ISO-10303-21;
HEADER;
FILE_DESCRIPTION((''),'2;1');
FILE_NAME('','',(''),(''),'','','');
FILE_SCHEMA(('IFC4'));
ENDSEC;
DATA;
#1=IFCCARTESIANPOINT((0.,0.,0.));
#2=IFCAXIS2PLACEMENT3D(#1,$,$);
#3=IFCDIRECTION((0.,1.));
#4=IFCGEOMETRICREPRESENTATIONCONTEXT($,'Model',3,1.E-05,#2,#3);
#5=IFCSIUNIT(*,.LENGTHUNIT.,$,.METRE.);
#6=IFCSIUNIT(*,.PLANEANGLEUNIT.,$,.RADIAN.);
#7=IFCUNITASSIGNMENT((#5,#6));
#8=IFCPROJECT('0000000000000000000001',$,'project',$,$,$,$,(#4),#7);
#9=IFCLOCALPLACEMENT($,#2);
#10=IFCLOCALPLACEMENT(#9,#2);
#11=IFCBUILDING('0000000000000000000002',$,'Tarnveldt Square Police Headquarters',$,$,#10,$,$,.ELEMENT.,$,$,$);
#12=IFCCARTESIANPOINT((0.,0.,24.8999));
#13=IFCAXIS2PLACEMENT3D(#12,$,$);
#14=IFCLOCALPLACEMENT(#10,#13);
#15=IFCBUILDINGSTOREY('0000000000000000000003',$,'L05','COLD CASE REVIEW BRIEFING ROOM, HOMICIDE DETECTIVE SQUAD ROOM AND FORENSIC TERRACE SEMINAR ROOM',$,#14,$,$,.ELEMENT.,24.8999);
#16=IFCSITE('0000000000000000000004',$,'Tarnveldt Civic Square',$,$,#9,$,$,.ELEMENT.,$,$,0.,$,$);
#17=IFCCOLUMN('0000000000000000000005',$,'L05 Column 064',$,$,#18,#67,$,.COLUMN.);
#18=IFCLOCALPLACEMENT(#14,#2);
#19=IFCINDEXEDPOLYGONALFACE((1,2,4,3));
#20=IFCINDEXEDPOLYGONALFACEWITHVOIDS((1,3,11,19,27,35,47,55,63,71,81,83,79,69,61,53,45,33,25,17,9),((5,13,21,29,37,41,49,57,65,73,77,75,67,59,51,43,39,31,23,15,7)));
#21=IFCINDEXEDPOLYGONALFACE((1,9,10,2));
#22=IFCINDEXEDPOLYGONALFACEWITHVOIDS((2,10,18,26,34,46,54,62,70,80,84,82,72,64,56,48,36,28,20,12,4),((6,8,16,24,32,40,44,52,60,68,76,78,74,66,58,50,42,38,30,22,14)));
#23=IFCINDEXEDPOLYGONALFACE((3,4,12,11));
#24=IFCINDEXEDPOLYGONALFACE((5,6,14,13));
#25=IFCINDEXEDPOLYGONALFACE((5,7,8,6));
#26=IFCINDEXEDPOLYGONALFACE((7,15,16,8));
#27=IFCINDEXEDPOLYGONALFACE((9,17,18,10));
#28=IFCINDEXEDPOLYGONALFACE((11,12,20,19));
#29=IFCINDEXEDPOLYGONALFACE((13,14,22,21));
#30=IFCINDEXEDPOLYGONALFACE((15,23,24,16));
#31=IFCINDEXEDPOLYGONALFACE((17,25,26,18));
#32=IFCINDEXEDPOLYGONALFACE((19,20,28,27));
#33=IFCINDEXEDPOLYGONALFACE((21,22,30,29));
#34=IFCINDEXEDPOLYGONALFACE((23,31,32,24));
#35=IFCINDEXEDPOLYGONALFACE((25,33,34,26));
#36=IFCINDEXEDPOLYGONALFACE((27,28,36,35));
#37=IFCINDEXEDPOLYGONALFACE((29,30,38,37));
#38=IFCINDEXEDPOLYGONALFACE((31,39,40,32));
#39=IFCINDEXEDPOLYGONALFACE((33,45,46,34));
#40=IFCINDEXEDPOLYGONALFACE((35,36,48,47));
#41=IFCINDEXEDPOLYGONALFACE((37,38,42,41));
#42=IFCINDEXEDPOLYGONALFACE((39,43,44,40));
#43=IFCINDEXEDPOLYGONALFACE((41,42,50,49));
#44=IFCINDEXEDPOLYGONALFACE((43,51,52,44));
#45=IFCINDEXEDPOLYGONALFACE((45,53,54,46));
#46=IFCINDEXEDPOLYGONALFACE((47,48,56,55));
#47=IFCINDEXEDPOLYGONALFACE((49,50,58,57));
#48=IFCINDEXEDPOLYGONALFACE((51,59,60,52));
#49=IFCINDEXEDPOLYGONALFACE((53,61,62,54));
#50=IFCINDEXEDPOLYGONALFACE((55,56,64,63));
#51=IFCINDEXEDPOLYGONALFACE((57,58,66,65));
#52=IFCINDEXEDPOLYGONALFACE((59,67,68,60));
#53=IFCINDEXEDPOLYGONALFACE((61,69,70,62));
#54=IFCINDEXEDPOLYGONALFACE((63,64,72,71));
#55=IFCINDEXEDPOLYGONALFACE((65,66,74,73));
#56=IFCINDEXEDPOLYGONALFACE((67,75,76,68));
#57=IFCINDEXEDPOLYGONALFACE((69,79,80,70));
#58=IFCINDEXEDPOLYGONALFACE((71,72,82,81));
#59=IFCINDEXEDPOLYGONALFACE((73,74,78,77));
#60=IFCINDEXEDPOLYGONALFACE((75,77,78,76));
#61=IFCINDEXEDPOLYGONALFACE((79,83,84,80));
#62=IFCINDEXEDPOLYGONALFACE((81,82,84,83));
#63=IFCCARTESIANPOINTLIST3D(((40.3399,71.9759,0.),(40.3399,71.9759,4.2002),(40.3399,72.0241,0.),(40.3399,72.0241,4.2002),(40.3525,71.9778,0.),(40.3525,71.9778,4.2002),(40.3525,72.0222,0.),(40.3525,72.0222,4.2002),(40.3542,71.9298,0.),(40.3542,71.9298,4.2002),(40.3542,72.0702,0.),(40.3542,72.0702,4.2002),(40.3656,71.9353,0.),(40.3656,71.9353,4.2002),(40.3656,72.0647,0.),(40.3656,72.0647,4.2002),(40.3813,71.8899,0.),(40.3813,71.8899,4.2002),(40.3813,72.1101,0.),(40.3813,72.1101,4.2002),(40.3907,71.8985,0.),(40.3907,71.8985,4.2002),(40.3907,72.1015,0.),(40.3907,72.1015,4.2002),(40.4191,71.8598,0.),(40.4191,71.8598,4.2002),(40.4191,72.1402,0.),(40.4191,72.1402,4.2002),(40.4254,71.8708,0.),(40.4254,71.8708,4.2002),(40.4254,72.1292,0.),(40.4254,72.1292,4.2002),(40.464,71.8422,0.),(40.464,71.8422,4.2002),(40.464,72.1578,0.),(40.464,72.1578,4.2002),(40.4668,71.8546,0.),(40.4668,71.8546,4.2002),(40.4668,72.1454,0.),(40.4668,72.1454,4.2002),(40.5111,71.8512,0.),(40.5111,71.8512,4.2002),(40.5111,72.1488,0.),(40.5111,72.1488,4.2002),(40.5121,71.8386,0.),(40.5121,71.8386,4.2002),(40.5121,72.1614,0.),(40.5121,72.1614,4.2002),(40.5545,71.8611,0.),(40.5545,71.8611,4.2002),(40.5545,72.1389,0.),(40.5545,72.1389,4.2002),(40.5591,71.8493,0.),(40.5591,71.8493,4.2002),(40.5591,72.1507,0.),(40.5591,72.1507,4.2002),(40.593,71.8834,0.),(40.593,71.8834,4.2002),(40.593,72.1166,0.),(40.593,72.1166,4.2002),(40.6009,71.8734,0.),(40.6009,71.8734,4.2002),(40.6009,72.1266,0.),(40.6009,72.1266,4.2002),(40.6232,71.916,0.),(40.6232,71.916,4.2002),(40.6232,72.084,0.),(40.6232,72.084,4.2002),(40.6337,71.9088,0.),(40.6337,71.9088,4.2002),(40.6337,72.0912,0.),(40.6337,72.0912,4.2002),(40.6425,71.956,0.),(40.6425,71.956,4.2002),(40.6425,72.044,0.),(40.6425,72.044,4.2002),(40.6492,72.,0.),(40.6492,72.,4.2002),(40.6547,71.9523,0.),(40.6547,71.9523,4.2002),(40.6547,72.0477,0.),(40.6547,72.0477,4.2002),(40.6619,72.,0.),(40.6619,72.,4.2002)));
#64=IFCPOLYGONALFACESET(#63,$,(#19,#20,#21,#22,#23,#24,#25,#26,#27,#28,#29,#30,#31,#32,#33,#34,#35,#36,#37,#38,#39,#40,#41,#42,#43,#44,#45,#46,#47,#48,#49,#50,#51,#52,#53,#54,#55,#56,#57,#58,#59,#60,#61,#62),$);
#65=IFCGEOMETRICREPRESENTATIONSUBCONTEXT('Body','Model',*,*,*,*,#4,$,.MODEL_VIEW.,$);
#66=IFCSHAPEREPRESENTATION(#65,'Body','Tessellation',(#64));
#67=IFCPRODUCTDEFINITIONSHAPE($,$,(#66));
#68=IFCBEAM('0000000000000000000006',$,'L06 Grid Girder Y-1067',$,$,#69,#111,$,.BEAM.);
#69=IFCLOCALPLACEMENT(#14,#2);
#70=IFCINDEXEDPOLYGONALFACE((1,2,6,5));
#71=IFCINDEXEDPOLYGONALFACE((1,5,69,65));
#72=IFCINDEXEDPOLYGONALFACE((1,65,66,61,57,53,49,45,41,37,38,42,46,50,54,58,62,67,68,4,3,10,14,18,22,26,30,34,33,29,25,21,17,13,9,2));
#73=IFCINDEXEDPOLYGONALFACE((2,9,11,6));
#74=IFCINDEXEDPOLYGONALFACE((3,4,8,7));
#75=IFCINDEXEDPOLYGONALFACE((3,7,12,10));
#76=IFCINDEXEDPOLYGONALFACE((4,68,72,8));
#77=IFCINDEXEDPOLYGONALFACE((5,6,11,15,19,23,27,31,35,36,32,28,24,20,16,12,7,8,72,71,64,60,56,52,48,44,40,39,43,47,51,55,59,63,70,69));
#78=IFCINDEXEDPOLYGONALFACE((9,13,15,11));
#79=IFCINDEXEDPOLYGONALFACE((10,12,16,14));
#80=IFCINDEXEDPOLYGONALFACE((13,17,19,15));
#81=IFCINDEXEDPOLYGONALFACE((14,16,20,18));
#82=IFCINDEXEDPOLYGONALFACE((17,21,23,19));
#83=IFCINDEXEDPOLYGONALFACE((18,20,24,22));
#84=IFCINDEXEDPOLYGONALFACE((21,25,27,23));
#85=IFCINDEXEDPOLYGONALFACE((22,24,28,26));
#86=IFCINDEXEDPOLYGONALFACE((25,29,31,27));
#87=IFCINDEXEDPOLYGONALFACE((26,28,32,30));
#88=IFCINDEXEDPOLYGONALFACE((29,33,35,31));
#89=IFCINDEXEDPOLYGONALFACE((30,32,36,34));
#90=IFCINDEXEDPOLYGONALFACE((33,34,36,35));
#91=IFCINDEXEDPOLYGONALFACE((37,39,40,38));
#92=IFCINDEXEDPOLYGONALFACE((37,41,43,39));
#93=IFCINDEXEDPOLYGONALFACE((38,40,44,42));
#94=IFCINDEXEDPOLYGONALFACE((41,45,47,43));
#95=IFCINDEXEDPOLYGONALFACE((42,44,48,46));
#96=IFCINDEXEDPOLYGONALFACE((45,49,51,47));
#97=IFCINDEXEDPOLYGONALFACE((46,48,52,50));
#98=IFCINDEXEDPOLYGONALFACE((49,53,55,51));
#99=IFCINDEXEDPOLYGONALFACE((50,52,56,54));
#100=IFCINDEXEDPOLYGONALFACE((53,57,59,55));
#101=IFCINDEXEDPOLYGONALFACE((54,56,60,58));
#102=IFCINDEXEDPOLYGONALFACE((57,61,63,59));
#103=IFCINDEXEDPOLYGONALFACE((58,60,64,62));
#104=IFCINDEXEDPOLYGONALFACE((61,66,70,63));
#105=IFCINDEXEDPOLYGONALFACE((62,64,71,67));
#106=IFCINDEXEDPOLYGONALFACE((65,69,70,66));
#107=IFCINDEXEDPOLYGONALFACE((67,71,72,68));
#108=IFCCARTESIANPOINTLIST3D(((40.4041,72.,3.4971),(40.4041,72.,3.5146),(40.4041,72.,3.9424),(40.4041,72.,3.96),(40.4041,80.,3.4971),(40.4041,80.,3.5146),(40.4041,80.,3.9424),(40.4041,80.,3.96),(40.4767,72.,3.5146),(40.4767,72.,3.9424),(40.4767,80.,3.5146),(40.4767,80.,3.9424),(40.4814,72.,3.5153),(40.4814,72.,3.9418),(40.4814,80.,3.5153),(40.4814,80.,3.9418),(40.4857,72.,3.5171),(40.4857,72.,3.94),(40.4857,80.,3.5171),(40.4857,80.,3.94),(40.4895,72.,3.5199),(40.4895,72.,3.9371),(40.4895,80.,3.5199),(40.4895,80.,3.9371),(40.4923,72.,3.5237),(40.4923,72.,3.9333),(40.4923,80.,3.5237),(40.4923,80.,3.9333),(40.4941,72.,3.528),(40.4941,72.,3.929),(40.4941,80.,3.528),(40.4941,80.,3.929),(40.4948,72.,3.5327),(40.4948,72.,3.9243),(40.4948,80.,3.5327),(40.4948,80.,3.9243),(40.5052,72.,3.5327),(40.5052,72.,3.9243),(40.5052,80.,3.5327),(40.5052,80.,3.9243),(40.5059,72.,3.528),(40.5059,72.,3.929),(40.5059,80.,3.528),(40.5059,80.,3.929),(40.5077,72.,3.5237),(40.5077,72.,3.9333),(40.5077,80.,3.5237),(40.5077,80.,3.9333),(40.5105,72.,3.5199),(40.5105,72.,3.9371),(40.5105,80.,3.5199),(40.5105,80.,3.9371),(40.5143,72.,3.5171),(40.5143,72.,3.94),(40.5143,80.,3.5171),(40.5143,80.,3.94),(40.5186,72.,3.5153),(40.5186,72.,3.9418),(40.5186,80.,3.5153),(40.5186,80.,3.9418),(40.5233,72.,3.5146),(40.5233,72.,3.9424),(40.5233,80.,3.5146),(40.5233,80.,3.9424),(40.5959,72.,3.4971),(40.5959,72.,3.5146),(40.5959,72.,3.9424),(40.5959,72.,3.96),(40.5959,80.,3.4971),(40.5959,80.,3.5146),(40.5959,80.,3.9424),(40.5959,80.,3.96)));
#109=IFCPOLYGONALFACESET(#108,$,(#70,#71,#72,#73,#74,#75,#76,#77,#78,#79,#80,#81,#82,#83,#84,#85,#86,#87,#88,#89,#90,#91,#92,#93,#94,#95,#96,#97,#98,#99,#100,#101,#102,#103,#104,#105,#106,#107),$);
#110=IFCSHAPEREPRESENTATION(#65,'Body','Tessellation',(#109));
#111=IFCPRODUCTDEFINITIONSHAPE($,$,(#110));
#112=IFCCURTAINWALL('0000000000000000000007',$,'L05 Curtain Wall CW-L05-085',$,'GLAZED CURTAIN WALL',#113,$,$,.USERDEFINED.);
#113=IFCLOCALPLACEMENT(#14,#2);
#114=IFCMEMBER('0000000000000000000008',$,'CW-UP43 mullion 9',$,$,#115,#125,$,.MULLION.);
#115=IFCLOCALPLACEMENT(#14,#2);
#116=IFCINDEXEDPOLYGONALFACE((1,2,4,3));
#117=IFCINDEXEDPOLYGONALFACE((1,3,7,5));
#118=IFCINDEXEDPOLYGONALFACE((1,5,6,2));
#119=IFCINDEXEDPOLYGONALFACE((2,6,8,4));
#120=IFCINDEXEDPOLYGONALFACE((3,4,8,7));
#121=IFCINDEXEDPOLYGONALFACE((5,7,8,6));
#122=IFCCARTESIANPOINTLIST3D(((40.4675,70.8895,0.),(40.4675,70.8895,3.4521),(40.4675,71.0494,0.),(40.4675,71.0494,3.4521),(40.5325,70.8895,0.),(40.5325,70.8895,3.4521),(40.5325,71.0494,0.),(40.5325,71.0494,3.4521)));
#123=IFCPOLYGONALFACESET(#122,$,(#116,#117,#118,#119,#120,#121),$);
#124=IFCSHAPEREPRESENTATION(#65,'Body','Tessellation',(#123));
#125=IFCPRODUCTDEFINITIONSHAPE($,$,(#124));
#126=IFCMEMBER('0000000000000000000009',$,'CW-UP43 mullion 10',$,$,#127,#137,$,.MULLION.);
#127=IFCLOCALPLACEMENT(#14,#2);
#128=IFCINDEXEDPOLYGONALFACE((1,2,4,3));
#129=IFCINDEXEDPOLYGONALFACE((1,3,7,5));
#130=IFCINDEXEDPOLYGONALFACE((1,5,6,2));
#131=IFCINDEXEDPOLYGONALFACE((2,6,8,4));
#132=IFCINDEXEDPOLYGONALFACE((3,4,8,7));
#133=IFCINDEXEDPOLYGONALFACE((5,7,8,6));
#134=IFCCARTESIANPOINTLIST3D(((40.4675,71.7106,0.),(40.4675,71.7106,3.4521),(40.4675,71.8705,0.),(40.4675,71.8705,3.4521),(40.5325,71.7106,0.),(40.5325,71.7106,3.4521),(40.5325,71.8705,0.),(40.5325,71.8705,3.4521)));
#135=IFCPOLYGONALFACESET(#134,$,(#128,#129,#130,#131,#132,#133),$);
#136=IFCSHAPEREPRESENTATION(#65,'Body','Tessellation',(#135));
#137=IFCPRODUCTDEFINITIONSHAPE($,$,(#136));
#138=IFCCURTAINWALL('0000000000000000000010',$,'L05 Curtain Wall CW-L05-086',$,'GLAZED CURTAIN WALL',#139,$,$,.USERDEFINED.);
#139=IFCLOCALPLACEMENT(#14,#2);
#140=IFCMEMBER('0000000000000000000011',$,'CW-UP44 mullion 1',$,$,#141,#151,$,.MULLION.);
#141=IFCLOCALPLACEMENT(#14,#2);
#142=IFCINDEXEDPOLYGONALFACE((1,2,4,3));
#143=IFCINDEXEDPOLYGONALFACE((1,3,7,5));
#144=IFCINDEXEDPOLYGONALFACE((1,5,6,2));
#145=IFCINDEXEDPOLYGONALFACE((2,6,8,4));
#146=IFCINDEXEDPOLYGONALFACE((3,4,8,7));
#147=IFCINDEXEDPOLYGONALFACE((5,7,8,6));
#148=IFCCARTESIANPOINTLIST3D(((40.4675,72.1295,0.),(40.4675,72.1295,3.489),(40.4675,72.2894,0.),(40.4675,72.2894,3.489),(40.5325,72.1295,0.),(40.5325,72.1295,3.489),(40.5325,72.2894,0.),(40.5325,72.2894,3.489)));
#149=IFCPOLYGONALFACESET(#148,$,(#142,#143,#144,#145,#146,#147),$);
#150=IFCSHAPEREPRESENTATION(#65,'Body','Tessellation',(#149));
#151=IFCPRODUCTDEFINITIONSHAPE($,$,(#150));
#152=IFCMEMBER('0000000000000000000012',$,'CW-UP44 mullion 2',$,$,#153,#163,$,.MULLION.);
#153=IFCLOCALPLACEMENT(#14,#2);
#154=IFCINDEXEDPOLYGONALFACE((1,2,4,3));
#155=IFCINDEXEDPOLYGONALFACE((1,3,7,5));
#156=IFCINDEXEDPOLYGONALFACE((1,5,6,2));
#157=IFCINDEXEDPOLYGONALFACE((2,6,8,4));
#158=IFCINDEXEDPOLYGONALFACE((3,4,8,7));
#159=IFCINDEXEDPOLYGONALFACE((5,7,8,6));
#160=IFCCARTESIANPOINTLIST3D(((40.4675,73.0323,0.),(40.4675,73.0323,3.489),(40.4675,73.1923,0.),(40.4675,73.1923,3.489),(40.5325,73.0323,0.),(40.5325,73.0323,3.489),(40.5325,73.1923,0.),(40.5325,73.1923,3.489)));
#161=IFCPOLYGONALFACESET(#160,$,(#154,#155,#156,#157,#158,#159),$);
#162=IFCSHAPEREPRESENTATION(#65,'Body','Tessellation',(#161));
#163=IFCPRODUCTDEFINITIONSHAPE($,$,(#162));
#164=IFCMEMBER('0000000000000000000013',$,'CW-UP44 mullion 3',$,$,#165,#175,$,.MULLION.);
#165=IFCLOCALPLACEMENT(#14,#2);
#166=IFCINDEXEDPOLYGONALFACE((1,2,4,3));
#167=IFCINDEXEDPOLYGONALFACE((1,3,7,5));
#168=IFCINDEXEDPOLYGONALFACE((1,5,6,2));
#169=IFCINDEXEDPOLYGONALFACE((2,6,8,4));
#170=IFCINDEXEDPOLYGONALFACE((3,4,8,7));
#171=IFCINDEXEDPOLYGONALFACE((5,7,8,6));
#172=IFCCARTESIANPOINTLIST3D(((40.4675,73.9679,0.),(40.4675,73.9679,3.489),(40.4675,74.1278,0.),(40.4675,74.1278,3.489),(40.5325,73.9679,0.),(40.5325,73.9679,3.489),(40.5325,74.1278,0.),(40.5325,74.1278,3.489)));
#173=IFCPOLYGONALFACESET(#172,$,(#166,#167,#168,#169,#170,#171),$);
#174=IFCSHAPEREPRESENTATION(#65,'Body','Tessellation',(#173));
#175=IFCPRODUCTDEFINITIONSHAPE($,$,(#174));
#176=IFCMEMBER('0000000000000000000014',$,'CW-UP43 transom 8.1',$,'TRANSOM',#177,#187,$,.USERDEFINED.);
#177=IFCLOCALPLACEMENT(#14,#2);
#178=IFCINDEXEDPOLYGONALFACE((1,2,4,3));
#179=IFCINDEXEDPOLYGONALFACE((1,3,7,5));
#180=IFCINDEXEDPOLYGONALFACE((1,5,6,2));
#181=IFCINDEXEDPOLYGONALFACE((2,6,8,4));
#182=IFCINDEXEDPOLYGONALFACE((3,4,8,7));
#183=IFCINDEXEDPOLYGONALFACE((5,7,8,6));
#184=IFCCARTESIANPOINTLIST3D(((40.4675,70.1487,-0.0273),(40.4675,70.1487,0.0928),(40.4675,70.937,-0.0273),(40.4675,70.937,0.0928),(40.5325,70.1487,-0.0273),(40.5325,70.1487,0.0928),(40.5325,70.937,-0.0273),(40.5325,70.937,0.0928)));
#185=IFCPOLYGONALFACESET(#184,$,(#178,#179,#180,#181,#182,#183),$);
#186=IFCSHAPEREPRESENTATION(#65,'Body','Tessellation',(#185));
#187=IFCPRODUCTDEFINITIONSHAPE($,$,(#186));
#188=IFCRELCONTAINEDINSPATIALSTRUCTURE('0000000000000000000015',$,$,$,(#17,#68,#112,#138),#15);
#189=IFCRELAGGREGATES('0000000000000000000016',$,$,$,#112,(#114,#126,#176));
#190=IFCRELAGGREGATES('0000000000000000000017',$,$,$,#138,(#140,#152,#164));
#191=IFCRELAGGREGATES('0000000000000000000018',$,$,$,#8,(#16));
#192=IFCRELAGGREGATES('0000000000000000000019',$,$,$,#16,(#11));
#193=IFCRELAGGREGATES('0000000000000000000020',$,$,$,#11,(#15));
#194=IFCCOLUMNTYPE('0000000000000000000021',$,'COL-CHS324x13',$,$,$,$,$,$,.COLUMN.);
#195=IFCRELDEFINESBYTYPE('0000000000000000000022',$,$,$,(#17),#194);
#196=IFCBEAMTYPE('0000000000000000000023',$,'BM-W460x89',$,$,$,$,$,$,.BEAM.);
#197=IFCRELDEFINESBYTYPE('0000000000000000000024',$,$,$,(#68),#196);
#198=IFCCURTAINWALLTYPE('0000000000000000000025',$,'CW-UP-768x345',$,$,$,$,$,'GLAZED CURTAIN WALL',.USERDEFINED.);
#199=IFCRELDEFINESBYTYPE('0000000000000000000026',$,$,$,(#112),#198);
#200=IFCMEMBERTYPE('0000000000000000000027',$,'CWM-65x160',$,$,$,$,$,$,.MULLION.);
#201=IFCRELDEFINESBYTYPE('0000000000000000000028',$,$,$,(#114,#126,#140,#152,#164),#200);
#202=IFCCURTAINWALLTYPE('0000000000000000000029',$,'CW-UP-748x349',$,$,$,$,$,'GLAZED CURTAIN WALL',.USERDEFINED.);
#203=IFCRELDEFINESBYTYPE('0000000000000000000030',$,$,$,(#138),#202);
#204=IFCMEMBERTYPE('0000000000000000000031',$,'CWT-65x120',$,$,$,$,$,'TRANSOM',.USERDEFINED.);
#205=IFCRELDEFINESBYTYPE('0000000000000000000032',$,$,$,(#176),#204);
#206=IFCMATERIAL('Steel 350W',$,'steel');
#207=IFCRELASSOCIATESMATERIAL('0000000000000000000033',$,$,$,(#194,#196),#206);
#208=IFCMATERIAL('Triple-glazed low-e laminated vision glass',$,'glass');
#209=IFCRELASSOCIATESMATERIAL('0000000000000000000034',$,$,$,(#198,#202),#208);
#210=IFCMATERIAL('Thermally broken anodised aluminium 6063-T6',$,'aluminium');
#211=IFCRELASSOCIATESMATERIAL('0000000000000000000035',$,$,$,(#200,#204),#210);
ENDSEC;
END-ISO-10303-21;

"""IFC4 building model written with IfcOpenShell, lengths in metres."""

from ifc_helpers import new_model, si_unit, direction, frame, origin, origin_2d, place, context, subcontext, project, spatial, rectangle, hollow_circle, i_section, extrude, material, material_profile, profile_set, type_object, element, aggregate, save


model = new_model("IFC4")

# Units and contexts
model_context = context("Model", 3, precision=1e-05, world=origin(), true_north=direction((0.0, 1.0)))
body_context = subcontext(model_context, "Body", "Model", "MODEL_VIEW")
ifc_project = project(units=[si_unit("LENGTHUNIT", "METRE"), si_unit("PLANEANGLEUNIT", "RADIAN")], contexts=[model_context])

# Site, building, storey
site_placement = place(None, origin())
site = spatial("IfcSite", under=ifc_project, at=site_placement, Name="Tarnveldt Civic Square", CompositionType="ELEMENT", RefElevation=0.0)
building_placement = place(site_placement, origin())
building = spatial("IfcBuilding", under=site, at=building_placement, Name="Tarnveldt Square Police Headquarters", CompositionType="ELEMENT")
storey_placement = place(building_placement, frame((0.0, 0.0, 24.8999)))
storey = spatial("IfcBuildingStorey", under=building, at=storey_placement, Name="L05", Description="COLD CASE REVIEW BRIEFING ROOM, HOMICIDE DETECTIVE SQUAD ROOM AND FORENSIC TERRACE SEMINAR ROOM", CompositionType="ELEMENT", Elevation=24.8999)

# Column
ifc_material_1 = material(Name="Steel 350W", Category="steel")
ifc_material_profile_1 = material_profile(ifc_material_1, hollow_circle(Radius=0.1619, WallThickness=0.0127, at=origin_2d()), Name="HSS324x13")
ifc_profile_set_1 = profile_set([ifc_material_profile_1], Name="Steel 350W")
column_type = type_object("IfcColumnType", Name="COL-CHS324x13", PredefinedType="COLUMN", material=ifc_profile_set_1)
column_placement = place(storey_placement, frame((40.5, 72.0, 0.0), z_axis=(0.0, 0.0, 1.0), x_axis=(1.0, 0.0, 0.0)))
element("IfcColumn", 1, at=column_placement, inside=storey, type_object=column_type, Name="L05 Column 064", PredefinedType="COLUMN", context=body_context, shape_type="SweptSolid", body=[
    extrude(hollow_circle(Radius=0.1619, WallThickness=0.0127, at=origin_2d()), origin(), (0.0, 0.0, 1.0), 4.2002),
])

# Beam
ifc_material_profile_2 = material_profile(ifc_material_1, i_section(OverallWidth=0.1919, OverallDepth=0.4629, WebThickness=0.0105, FlangeThickness=0.0176, FilletRadius=0.0181, at=origin_2d()), Name="W460x89")
ifc_profile_set_2 = profile_set([ifc_material_profile_2], Name="Steel 350W")
beam_type = type_object("IfcBeamType", Name="BM-W460x89", PredefinedType="BEAM", material=ifc_profile_set_2)
beam_placement = place(storey_placement, frame((40.5, 72.0, 3.7285), z_axis=(0.0, 1.0, 0.0), x_axis=(-1.0, 0.0, 0.0)))
element("IfcBeam", 2, at=beam_placement, inside=storey, type_object=beam_type, Name="L06 Grid Girder Y-1067", PredefinedType="BEAM", context=body_context, shape_type="SweptSolid", body=[
    extrude(i_section(OverallWidth=0.1919, OverallDepth=0.4629, WebThickness=0.0105, FlangeThickness=0.0176, FilletRadius=0.0181, at=origin_2d()), origin(), (0.0, 0.0, 1.0), 8.0),
])

# Curtain walls, members
ifc_material_2 = material(Name="Triple-glazed low-e laminated vision glass", Category="glass")
curtain_wall_type_1 = type_object("IfcCurtainWallType", Name="CW-UP-768x345", ElementType="GLAZED CURTAIN WALL", PredefinedType="USERDEFINED", material=ifc_material_2)
curtain_wall_1_placement = place(storey_placement, origin())
curtain_wall_1 = element("IfcCurtainWall", 3, at=curtain_wall_1_placement, inside=storey, type_object=curtain_wall_type_1, Name="L05 Curtain Wall CW-L05-085", ObjectType="GLAZED CURTAIN WALL", PredefinedType="USERDEFINED")
ifc_material_3 = material(Name="Thermally broken anodised aluminium 6063-T6", Category="aluminium")
ifc_material_profile_3 = material_profile(ifc_material_3, rectangle(XDim=0.0649, YDim=0.1599, at=origin_2d()), Name="CW-M65x160")
ifc_profile_set_3 = profile_set([ifc_material_profile_3], Name="Thermally broken anodised aluminium 6063-T6")
member_type_1 = type_object("IfcMemberType", Name="CWM-65x160", PredefinedType="MULLION", material=ifc_profile_set_3)
member_1_placement = place(storey_placement, frame((40.5, 70.9695, 0.0), z_axis=(0.0, 0.0, 1.0), x_axis=(-1.0, 0.0, 0.0)))
member_1 = element("IfcMember", 4, at=member_1_placement, type_object=member_type_1, Name="CW-UP43 mullion 9", PredefinedType="MULLION", context=body_context, shape_type="SweptSolid", body=[
    extrude(rectangle(XDim=0.0649, YDim=0.1599, at=origin_2d()), origin(), (0.0, 0.0, 1.0), 3.4521),
])
member_2_placement = place(storey_placement, frame((40.5, 71.7905, 0.0), z_axis=(0.0, 0.0, 1.0), x_axis=(-1.0, 0.0, 0.0)))
member_2 = element("IfcMember", 5, at=member_2_placement, type_object=member_type_1, Name="CW-UP43 mullion 10", PredefinedType="MULLION", context=body_context, shape_type="SweptSolid", body=[
    extrude(rectangle(XDim=0.0649, YDim=0.1599, at=origin_2d()), origin(), (0.0, 0.0, 1.0), 3.4521),
])
curtain_wall_type_2 = type_object("IfcCurtainWallType", Name="CW-UP-748x349", ElementType="GLAZED CURTAIN WALL", PredefinedType="USERDEFINED", material=ifc_material_2)
curtain_wall_2_placement = place(storey_placement, origin())
curtain_wall_2 = element("IfcCurtainWall", 6, at=curtain_wall_2_placement, inside=storey, type_object=curtain_wall_type_2, Name="L05 Curtain Wall CW-L05-086", ObjectType="GLAZED CURTAIN WALL", PredefinedType="USERDEFINED")
member_3_placement = place(storey_placement, frame((40.5, 72.2095, 0.0), z_axis=(0.0, 0.0, 1.0), x_axis=(-1.0, 0.0, 0.0)))
member_3 = element("IfcMember", 7, at=member_3_placement, type_object=member_type_1, Name="CW-UP44 mullion 1", PredefinedType="MULLION", context=body_context, shape_type="SweptSolid", body=[
    extrude(rectangle(XDim=0.0649, YDim=0.1599, at=origin_2d()), origin(), (0.0, 0.0, 1.0), 3.489),
])
member_4_placement = place(storey_placement, frame((40.5, 73.1123, 0.0), z_axis=(0.0, 0.0, 1.0), x_axis=(-1.0, 0.0, 0.0)))
member_4 = element("IfcMember", 8, at=member_4_placement, type_object=member_type_1, Name="CW-UP44 mullion 2", PredefinedType="MULLION", context=body_context, shape_type="SweptSolid", body=[
    extrude(rectangle(XDim=0.0649, YDim=0.1599, at=origin_2d()), origin(), (0.0, 0.0, 1.0), 3.489),
])
member_5_placement = place(storey_placement, frame((40.5, 74.0479, 0.0), z_axis=(0.0, 0.0, 1.0), x_axis=(-1.0, 0.0, 0.0)))
member_5 = element("IfcMember", 9, at=member_5_placement, type_object=member_type_1, Name="CW-UP44 mullion 3", PredefinedType="MULLION", context=body_context, shape_type="SweptSolid", body=[
    extrude(rectangle(XDim=0.0649, YDim=0.1599, at=origin_2d()), origin(), (0.0, 0.0, 1.0), 3.489),
])

# Member
ifc_material_profile_4 = material_profile(ifc_material_3, rectangle(XDim=0.0649, YDim=0.1201, at=origin_2d()), Name="CW-T65x120")
ifc_profile_set_4 = profile_set([ifc_material_profile_4], Name="Thermally broken anodised aluminium 6063-T6")
member_type_2 = type_object("IfcMemberType", Name="CWT-65x120", ElementType="TRANSOM", PredefinedType="USERDEFINED", material=ifc_profile_set_4)
member_6_placement = place(storey_placement, frame((40.5, 70.1487, 0.0327), z_axis=(0.0, 1.0, 0.0), x_axis=(-1.0, 0.0, 0.0)))
member_6 = element("IfcMember", 10, at=member_6_placement, type_object=member_type_2, Name="CW-UP43 transom 8.1", ObjectType="TRANSOM", PredefinedType="USERDEFINED", context=body_context, shape_type="SweptSolid", body=[
    extrude(rectangle(XDim=0.0649, YDim=0.1201, at=origin_2d()), origin(), (0.0, 0.0, 1.0), 0.7883),
])

aggregate(curtain_wall_1, [member_1, member_2, member_6])
aggregate(curtain_wall_2, [member_3, member_4, member_5])

save(model, "model.ifc")
